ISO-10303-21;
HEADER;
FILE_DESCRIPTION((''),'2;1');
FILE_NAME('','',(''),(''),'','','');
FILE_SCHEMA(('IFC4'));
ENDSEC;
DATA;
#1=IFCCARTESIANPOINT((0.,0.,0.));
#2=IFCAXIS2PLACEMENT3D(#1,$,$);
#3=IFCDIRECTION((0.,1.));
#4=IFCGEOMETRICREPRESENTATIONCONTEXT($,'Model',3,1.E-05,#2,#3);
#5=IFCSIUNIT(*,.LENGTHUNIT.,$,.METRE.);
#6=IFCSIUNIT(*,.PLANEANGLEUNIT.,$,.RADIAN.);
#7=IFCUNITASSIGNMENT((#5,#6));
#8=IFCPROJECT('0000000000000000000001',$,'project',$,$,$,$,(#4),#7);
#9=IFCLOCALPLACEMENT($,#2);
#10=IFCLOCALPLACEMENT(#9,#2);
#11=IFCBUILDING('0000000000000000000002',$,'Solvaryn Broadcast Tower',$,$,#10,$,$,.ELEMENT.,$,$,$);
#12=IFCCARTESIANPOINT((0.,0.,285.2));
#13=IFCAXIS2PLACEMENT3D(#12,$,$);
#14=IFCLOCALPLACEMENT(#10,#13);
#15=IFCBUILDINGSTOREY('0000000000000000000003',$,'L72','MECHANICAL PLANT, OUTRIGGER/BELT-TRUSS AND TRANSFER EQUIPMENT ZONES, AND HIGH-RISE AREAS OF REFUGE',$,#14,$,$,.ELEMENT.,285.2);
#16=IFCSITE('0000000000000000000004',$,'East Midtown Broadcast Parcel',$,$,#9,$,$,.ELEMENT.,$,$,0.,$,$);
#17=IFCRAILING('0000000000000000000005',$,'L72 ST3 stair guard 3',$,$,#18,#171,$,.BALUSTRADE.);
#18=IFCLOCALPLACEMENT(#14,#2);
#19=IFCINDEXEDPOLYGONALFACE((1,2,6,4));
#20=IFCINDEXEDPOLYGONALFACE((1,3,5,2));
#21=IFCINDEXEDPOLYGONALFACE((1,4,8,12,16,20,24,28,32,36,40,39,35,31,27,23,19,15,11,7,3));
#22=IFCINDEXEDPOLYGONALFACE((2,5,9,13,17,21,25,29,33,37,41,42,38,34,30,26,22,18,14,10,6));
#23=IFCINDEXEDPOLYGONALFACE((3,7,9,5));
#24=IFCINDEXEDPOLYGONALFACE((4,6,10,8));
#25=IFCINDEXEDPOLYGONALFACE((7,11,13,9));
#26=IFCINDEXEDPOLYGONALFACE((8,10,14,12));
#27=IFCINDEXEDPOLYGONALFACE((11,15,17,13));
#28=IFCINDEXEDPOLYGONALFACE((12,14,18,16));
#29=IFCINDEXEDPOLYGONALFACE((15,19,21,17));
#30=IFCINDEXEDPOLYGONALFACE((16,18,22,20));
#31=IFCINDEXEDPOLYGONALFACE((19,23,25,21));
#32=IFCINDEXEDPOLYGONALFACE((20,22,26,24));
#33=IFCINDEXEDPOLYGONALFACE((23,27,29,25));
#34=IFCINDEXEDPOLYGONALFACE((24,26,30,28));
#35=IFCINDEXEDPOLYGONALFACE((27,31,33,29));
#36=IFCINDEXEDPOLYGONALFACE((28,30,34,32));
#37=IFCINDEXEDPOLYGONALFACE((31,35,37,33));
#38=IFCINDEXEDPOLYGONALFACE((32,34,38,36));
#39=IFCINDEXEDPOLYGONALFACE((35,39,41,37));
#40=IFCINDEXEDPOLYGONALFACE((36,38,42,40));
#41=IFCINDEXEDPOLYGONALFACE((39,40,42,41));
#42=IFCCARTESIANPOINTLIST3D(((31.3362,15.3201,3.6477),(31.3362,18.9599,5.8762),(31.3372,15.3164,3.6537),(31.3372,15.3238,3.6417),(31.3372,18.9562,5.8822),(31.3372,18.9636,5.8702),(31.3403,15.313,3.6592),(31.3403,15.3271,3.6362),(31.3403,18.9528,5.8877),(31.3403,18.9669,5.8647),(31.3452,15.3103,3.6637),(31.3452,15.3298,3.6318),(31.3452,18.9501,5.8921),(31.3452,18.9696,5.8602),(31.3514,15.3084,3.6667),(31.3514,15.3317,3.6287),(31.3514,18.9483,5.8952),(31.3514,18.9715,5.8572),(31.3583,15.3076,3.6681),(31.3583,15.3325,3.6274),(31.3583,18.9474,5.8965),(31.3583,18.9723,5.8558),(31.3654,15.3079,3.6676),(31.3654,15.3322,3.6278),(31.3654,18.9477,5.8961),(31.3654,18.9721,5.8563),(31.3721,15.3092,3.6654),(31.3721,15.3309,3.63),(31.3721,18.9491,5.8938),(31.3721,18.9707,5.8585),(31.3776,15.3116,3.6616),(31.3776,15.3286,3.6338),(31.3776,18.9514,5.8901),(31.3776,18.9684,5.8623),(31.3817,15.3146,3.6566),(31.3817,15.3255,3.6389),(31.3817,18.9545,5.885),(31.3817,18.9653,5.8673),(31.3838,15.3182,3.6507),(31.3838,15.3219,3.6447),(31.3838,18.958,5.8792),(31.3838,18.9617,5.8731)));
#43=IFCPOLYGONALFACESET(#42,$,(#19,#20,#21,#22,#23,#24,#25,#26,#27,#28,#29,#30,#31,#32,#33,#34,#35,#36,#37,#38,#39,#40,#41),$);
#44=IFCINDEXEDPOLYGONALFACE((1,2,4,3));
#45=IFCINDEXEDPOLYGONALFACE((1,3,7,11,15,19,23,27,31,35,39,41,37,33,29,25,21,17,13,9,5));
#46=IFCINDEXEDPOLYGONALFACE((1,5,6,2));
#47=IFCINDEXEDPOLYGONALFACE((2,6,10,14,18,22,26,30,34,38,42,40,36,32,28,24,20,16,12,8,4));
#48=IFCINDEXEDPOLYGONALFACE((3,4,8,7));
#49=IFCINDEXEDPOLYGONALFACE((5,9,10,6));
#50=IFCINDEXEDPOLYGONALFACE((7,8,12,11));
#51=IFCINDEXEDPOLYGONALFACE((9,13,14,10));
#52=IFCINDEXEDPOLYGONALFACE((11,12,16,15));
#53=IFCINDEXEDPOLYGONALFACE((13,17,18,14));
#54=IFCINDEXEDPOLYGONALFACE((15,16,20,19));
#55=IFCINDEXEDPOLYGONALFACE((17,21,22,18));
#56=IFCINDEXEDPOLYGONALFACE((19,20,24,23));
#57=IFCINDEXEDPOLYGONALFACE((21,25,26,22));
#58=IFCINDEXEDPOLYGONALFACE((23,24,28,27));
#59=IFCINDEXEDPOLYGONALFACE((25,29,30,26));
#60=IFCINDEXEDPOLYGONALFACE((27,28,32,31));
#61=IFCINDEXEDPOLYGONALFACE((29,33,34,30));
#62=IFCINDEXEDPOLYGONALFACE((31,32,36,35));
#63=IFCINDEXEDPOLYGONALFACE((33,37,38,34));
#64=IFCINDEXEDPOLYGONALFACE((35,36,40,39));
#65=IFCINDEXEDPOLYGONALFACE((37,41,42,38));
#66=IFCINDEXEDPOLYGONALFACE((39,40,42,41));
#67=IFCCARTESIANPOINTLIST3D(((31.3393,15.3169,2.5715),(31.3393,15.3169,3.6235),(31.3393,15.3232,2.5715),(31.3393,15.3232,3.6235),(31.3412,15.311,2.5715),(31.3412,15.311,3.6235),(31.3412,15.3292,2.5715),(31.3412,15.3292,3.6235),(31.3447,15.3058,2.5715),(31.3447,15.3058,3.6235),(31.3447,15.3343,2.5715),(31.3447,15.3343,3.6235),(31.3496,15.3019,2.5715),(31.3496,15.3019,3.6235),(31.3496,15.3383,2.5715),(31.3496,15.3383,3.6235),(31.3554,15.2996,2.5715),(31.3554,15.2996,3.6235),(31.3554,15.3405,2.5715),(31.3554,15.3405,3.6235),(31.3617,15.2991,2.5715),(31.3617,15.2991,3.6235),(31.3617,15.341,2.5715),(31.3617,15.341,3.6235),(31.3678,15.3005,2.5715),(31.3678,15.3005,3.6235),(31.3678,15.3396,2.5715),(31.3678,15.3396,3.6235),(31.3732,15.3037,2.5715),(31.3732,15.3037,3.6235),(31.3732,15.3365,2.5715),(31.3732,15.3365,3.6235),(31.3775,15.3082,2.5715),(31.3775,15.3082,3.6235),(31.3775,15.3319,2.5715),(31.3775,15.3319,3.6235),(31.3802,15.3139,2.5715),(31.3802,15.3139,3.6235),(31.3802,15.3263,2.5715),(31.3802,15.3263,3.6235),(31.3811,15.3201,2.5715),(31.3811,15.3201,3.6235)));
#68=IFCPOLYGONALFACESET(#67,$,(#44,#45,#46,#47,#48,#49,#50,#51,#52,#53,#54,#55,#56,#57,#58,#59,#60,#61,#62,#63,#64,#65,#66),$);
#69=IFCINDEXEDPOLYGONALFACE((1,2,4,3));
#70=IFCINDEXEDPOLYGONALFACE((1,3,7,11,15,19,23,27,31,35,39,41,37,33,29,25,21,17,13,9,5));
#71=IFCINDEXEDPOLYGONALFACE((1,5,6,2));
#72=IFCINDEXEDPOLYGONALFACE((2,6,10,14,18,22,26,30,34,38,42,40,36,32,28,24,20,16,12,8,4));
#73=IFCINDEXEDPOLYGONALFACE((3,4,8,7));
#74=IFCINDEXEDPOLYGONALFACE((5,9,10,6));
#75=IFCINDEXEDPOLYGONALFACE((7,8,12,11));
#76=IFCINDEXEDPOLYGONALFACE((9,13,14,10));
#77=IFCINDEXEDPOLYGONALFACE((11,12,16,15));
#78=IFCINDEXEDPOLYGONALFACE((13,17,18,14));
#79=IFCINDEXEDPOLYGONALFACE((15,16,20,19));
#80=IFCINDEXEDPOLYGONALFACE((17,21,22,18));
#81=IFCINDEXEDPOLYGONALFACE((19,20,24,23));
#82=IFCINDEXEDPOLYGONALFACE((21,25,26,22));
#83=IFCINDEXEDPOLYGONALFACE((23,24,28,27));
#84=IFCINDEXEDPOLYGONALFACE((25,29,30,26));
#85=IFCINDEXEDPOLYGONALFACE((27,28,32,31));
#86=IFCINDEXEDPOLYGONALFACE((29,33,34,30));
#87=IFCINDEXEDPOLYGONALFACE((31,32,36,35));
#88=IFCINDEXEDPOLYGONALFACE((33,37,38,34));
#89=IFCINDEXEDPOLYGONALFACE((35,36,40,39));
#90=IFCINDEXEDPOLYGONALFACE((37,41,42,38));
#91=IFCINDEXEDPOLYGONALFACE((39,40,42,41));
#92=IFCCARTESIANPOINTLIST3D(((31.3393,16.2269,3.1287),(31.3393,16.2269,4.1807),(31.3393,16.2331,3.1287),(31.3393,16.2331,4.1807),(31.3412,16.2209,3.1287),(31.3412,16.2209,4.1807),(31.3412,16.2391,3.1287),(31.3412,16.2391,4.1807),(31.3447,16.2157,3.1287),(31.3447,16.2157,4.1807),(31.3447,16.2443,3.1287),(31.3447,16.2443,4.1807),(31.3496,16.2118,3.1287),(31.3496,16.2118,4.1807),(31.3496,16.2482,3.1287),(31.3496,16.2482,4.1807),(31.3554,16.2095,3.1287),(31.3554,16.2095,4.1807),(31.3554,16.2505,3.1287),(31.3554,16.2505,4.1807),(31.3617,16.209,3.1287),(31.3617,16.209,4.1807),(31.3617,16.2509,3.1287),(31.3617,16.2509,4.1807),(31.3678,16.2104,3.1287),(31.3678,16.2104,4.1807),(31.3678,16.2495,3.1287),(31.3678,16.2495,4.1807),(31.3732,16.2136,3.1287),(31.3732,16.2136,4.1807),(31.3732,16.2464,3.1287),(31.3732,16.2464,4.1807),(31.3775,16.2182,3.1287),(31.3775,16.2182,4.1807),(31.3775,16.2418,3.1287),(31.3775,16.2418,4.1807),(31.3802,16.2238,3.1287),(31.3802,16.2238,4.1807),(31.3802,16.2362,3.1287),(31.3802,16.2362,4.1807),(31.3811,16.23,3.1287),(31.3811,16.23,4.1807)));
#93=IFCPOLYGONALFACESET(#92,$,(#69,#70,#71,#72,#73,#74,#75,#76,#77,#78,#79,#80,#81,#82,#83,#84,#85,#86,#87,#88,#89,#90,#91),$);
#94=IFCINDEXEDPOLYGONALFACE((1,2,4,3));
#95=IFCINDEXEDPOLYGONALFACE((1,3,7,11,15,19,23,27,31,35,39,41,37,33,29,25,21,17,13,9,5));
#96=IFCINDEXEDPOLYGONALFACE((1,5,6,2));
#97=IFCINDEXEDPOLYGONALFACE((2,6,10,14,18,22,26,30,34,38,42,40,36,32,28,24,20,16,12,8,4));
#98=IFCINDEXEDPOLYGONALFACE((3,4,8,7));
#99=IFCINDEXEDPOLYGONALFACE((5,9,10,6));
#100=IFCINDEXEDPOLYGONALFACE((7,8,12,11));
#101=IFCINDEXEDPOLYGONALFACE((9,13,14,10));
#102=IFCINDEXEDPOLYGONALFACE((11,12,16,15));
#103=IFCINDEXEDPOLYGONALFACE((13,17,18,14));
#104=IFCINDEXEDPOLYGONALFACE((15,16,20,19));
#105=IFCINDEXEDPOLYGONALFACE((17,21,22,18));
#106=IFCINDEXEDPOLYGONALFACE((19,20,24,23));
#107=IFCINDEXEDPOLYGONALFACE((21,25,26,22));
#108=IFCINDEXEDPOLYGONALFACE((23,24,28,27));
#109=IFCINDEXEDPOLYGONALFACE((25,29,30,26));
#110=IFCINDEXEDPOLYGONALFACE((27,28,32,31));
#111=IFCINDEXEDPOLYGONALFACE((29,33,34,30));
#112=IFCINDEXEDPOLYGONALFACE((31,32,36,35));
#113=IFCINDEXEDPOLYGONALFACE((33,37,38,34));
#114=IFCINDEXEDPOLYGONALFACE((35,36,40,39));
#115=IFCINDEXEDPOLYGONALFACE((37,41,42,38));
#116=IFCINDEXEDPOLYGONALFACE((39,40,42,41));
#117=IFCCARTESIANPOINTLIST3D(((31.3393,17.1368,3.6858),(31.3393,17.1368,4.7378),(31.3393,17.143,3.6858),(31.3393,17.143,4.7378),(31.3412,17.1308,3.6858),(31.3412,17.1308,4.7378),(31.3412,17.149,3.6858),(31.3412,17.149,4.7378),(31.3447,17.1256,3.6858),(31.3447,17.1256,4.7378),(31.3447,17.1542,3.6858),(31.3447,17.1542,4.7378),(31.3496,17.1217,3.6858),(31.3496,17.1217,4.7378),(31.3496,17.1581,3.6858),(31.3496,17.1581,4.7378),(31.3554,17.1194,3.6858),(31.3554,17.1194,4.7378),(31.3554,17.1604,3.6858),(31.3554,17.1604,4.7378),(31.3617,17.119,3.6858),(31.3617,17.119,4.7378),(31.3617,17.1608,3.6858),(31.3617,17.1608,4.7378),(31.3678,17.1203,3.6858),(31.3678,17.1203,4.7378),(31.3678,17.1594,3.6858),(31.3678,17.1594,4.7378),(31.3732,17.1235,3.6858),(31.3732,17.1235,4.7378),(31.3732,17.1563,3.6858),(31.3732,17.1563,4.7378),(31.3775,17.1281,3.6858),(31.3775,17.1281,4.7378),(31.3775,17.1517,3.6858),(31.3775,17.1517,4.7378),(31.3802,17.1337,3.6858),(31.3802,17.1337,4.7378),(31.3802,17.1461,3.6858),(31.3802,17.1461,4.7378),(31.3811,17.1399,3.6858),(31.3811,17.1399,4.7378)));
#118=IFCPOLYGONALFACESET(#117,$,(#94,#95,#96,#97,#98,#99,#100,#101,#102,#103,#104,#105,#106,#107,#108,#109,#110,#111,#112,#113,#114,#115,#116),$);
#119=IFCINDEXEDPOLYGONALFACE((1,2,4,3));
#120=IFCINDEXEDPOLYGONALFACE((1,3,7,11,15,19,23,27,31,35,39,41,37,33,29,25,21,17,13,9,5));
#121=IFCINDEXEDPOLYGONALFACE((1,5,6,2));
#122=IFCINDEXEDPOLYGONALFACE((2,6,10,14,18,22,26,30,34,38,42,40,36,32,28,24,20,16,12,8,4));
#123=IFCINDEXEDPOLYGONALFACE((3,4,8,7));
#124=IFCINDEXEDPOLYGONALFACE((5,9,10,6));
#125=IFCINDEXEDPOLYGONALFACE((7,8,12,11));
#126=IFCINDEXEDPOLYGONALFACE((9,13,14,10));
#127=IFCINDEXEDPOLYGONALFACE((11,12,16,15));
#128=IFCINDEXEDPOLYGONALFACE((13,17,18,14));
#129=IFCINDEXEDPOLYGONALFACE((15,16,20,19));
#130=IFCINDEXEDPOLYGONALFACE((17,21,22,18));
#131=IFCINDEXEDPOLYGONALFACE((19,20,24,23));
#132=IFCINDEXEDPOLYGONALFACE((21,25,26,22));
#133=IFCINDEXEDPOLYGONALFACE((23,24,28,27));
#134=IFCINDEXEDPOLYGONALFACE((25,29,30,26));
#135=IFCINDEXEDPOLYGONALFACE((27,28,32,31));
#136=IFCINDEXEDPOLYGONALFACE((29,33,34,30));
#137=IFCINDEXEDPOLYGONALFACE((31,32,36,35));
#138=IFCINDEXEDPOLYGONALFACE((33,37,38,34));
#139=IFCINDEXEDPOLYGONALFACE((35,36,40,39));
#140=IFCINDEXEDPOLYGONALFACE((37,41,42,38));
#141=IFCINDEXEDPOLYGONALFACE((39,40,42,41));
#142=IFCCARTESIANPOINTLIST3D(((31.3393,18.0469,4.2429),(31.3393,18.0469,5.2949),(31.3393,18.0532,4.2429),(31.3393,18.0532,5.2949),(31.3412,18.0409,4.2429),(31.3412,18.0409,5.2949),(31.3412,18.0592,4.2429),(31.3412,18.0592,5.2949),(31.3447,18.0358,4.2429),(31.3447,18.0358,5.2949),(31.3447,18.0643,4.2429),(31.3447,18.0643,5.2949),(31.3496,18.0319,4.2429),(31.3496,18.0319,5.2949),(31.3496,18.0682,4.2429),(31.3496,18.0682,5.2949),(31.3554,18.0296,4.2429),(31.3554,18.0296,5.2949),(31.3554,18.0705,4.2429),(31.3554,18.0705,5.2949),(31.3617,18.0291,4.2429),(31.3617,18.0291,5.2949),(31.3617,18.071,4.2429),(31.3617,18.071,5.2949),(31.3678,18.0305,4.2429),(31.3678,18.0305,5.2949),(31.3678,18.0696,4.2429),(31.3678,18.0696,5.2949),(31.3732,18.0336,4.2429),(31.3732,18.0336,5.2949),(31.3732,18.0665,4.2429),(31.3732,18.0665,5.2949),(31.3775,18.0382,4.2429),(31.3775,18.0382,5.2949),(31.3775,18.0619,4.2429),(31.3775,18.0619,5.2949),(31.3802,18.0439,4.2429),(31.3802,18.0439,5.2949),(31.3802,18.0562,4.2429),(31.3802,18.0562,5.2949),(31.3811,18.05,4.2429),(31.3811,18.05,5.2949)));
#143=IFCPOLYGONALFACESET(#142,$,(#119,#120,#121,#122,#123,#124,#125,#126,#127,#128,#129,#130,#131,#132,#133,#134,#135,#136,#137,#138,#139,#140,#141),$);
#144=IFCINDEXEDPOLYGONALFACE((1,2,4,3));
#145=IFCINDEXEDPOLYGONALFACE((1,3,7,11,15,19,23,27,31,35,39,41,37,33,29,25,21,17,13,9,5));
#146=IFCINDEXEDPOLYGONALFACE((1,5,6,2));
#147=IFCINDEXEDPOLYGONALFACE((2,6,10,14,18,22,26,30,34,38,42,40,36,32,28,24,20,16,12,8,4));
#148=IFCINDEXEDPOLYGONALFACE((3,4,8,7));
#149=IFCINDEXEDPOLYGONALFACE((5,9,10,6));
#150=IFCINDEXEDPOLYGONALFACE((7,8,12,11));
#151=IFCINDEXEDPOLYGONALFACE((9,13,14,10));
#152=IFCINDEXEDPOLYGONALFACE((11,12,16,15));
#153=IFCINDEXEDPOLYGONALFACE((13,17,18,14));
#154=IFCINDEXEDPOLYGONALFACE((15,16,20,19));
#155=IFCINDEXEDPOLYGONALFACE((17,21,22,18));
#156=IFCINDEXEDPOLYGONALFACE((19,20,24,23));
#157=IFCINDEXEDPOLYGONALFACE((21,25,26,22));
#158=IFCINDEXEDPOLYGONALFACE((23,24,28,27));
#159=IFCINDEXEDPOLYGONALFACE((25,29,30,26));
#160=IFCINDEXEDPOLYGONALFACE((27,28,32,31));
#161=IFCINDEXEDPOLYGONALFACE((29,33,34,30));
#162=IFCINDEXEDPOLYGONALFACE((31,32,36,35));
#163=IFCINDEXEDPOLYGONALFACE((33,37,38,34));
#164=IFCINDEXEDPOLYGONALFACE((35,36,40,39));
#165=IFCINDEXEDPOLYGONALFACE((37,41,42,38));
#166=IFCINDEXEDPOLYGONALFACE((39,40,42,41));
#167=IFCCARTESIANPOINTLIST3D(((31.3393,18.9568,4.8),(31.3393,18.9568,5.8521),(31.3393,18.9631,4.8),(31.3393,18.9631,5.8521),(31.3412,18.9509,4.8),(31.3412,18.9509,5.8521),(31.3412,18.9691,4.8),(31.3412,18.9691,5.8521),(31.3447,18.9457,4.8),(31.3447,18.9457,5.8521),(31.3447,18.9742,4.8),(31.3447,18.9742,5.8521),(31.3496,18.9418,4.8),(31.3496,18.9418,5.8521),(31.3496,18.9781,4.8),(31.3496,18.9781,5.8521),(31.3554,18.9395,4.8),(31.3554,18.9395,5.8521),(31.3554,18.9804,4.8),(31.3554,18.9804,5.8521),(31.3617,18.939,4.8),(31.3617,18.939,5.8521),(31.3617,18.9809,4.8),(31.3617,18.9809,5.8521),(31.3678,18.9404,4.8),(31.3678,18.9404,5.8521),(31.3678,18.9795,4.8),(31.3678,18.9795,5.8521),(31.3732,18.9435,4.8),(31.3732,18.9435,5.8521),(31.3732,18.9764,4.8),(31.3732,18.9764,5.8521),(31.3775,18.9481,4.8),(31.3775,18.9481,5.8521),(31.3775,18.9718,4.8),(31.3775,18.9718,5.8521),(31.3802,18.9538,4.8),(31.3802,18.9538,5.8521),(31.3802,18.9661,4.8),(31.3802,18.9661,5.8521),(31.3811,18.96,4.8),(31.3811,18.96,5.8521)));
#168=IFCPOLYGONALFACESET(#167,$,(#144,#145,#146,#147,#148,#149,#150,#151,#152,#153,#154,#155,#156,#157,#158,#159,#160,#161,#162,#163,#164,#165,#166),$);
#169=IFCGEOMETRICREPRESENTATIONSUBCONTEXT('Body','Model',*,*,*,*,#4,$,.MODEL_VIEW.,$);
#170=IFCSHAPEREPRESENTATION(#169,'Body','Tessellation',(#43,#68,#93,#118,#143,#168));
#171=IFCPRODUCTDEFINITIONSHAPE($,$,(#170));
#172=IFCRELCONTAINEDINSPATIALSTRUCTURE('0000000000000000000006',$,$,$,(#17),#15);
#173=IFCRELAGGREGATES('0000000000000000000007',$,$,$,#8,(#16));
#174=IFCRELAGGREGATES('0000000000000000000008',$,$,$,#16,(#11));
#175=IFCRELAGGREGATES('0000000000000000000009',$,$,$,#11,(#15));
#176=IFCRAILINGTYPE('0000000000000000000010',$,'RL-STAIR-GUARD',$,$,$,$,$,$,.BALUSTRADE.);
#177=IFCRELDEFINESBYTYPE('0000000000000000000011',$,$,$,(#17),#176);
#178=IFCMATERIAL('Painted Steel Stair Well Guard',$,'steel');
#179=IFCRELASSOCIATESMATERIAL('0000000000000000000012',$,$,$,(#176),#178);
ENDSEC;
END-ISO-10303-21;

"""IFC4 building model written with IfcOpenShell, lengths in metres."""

from ifc_helpers import new_model, si_unit, direction, frame, origin, origin_2d, place, context, subcontext, project, spatial, circle, extrude, material, type_object, element, save


model = new_model("IFC4")

# Units and contexts
model_context = context("Model", 3, precision=1e-05, world=origin(), true_north=direction((0.0, 1.0)))
body_context = subcontext(model_context, "Body", "Model", "MODEL_VIEW")
ifc_project = project(units=[si_unit("LENGTHUNIT", "METRE"), si_unit("PLANEANGLEUNIT", "RADIAN")], contexts=[model_context])

# Site, building, storey
site_placement = place(None, origin())
site = spatial("IfcSite", under=ifc_project, at=site_placement, Name="East Midtown Broadcast Parcel", CompositionType="ELEMENT", RefElevation=0.0)
building_placement = place(site_placement, origin())
building = spatial("IfcBuilding", under=site, at=building_placement, Name="Solvaryn Broadcast Tower", CompositionType="ELEMENT")
storey_placement = place(building_placement, frame((0.0, 0.0, 285.2)))
storey = spatial("IfcBuildingStorey", under=building, at=storey_placement, Name="L72", Description="MECHANICAL PLANT, OUTRIGGER/BELT-TRUSS AND TRANSFER EQUIPMENT ZONES, AND HIGH-RISE AREAS OF REFUGE", CompositionType="ELEMENT", Elevation=285.2)

# Railing
ifc_material_1 = material(Name="Painted Steel Stair Well Guard", Category="steel")
railing_type_1 = type_object("IfcRailingType", Name="RL-STAIR-GUARD", PredefinedType="BALUSTRADE", material=ifc_material_1)
railing_1_placement = place(storey_placement, frame((31.3601, 15.3201, 2.5715)))
element("IfcRailing", 1, at=railing_1_placement, inside=storey, type_object=railing_type_1, Name="L72 ST3 stair guard 3", PredefinedType="BALUSTRADE", context=body_context, shape_type="SweptSolid", body=[
    extrude(circle(Radius=0.0239, at=origin_2d()), frame((0.0, 0.0, 1.0762), z_axis=(0.0, 0.85285, 0.522156), x_axis=(-1.0, 0.0, 0.0)), (0.0, 0.0, 1.0), 4.2678),
    extrude(circle(Radius=0.021, at=origin_2d()), origin(), (0.0, 0.0, 1.0), 1.052),
    extrude(circle(Radius=0.021, at=origin_2d()), frame((0.0, 0.9099, 0.5571)), (0.0, 0.0, 1.0), 1.052),
    extrude(circle(Radius=0.021, at=origin_2d()), frame((0.0, 1.8198, 1.1143)), (0.0, 0.0, 1.0), 1.052),
    extrude(circle(Radius=0.021, at=origin_2d()), frame((0.0, 2.73, 1.6714)), (0.0, 0.0, 1.0), 1.052),
    extrude(circle(Radius=0.021, at=origin_2d()), frame((0.0, 3.6399, 2.2285)), (0.0, 0.0, 1.0), 1.052),
])

save(model, "model.ifc")
